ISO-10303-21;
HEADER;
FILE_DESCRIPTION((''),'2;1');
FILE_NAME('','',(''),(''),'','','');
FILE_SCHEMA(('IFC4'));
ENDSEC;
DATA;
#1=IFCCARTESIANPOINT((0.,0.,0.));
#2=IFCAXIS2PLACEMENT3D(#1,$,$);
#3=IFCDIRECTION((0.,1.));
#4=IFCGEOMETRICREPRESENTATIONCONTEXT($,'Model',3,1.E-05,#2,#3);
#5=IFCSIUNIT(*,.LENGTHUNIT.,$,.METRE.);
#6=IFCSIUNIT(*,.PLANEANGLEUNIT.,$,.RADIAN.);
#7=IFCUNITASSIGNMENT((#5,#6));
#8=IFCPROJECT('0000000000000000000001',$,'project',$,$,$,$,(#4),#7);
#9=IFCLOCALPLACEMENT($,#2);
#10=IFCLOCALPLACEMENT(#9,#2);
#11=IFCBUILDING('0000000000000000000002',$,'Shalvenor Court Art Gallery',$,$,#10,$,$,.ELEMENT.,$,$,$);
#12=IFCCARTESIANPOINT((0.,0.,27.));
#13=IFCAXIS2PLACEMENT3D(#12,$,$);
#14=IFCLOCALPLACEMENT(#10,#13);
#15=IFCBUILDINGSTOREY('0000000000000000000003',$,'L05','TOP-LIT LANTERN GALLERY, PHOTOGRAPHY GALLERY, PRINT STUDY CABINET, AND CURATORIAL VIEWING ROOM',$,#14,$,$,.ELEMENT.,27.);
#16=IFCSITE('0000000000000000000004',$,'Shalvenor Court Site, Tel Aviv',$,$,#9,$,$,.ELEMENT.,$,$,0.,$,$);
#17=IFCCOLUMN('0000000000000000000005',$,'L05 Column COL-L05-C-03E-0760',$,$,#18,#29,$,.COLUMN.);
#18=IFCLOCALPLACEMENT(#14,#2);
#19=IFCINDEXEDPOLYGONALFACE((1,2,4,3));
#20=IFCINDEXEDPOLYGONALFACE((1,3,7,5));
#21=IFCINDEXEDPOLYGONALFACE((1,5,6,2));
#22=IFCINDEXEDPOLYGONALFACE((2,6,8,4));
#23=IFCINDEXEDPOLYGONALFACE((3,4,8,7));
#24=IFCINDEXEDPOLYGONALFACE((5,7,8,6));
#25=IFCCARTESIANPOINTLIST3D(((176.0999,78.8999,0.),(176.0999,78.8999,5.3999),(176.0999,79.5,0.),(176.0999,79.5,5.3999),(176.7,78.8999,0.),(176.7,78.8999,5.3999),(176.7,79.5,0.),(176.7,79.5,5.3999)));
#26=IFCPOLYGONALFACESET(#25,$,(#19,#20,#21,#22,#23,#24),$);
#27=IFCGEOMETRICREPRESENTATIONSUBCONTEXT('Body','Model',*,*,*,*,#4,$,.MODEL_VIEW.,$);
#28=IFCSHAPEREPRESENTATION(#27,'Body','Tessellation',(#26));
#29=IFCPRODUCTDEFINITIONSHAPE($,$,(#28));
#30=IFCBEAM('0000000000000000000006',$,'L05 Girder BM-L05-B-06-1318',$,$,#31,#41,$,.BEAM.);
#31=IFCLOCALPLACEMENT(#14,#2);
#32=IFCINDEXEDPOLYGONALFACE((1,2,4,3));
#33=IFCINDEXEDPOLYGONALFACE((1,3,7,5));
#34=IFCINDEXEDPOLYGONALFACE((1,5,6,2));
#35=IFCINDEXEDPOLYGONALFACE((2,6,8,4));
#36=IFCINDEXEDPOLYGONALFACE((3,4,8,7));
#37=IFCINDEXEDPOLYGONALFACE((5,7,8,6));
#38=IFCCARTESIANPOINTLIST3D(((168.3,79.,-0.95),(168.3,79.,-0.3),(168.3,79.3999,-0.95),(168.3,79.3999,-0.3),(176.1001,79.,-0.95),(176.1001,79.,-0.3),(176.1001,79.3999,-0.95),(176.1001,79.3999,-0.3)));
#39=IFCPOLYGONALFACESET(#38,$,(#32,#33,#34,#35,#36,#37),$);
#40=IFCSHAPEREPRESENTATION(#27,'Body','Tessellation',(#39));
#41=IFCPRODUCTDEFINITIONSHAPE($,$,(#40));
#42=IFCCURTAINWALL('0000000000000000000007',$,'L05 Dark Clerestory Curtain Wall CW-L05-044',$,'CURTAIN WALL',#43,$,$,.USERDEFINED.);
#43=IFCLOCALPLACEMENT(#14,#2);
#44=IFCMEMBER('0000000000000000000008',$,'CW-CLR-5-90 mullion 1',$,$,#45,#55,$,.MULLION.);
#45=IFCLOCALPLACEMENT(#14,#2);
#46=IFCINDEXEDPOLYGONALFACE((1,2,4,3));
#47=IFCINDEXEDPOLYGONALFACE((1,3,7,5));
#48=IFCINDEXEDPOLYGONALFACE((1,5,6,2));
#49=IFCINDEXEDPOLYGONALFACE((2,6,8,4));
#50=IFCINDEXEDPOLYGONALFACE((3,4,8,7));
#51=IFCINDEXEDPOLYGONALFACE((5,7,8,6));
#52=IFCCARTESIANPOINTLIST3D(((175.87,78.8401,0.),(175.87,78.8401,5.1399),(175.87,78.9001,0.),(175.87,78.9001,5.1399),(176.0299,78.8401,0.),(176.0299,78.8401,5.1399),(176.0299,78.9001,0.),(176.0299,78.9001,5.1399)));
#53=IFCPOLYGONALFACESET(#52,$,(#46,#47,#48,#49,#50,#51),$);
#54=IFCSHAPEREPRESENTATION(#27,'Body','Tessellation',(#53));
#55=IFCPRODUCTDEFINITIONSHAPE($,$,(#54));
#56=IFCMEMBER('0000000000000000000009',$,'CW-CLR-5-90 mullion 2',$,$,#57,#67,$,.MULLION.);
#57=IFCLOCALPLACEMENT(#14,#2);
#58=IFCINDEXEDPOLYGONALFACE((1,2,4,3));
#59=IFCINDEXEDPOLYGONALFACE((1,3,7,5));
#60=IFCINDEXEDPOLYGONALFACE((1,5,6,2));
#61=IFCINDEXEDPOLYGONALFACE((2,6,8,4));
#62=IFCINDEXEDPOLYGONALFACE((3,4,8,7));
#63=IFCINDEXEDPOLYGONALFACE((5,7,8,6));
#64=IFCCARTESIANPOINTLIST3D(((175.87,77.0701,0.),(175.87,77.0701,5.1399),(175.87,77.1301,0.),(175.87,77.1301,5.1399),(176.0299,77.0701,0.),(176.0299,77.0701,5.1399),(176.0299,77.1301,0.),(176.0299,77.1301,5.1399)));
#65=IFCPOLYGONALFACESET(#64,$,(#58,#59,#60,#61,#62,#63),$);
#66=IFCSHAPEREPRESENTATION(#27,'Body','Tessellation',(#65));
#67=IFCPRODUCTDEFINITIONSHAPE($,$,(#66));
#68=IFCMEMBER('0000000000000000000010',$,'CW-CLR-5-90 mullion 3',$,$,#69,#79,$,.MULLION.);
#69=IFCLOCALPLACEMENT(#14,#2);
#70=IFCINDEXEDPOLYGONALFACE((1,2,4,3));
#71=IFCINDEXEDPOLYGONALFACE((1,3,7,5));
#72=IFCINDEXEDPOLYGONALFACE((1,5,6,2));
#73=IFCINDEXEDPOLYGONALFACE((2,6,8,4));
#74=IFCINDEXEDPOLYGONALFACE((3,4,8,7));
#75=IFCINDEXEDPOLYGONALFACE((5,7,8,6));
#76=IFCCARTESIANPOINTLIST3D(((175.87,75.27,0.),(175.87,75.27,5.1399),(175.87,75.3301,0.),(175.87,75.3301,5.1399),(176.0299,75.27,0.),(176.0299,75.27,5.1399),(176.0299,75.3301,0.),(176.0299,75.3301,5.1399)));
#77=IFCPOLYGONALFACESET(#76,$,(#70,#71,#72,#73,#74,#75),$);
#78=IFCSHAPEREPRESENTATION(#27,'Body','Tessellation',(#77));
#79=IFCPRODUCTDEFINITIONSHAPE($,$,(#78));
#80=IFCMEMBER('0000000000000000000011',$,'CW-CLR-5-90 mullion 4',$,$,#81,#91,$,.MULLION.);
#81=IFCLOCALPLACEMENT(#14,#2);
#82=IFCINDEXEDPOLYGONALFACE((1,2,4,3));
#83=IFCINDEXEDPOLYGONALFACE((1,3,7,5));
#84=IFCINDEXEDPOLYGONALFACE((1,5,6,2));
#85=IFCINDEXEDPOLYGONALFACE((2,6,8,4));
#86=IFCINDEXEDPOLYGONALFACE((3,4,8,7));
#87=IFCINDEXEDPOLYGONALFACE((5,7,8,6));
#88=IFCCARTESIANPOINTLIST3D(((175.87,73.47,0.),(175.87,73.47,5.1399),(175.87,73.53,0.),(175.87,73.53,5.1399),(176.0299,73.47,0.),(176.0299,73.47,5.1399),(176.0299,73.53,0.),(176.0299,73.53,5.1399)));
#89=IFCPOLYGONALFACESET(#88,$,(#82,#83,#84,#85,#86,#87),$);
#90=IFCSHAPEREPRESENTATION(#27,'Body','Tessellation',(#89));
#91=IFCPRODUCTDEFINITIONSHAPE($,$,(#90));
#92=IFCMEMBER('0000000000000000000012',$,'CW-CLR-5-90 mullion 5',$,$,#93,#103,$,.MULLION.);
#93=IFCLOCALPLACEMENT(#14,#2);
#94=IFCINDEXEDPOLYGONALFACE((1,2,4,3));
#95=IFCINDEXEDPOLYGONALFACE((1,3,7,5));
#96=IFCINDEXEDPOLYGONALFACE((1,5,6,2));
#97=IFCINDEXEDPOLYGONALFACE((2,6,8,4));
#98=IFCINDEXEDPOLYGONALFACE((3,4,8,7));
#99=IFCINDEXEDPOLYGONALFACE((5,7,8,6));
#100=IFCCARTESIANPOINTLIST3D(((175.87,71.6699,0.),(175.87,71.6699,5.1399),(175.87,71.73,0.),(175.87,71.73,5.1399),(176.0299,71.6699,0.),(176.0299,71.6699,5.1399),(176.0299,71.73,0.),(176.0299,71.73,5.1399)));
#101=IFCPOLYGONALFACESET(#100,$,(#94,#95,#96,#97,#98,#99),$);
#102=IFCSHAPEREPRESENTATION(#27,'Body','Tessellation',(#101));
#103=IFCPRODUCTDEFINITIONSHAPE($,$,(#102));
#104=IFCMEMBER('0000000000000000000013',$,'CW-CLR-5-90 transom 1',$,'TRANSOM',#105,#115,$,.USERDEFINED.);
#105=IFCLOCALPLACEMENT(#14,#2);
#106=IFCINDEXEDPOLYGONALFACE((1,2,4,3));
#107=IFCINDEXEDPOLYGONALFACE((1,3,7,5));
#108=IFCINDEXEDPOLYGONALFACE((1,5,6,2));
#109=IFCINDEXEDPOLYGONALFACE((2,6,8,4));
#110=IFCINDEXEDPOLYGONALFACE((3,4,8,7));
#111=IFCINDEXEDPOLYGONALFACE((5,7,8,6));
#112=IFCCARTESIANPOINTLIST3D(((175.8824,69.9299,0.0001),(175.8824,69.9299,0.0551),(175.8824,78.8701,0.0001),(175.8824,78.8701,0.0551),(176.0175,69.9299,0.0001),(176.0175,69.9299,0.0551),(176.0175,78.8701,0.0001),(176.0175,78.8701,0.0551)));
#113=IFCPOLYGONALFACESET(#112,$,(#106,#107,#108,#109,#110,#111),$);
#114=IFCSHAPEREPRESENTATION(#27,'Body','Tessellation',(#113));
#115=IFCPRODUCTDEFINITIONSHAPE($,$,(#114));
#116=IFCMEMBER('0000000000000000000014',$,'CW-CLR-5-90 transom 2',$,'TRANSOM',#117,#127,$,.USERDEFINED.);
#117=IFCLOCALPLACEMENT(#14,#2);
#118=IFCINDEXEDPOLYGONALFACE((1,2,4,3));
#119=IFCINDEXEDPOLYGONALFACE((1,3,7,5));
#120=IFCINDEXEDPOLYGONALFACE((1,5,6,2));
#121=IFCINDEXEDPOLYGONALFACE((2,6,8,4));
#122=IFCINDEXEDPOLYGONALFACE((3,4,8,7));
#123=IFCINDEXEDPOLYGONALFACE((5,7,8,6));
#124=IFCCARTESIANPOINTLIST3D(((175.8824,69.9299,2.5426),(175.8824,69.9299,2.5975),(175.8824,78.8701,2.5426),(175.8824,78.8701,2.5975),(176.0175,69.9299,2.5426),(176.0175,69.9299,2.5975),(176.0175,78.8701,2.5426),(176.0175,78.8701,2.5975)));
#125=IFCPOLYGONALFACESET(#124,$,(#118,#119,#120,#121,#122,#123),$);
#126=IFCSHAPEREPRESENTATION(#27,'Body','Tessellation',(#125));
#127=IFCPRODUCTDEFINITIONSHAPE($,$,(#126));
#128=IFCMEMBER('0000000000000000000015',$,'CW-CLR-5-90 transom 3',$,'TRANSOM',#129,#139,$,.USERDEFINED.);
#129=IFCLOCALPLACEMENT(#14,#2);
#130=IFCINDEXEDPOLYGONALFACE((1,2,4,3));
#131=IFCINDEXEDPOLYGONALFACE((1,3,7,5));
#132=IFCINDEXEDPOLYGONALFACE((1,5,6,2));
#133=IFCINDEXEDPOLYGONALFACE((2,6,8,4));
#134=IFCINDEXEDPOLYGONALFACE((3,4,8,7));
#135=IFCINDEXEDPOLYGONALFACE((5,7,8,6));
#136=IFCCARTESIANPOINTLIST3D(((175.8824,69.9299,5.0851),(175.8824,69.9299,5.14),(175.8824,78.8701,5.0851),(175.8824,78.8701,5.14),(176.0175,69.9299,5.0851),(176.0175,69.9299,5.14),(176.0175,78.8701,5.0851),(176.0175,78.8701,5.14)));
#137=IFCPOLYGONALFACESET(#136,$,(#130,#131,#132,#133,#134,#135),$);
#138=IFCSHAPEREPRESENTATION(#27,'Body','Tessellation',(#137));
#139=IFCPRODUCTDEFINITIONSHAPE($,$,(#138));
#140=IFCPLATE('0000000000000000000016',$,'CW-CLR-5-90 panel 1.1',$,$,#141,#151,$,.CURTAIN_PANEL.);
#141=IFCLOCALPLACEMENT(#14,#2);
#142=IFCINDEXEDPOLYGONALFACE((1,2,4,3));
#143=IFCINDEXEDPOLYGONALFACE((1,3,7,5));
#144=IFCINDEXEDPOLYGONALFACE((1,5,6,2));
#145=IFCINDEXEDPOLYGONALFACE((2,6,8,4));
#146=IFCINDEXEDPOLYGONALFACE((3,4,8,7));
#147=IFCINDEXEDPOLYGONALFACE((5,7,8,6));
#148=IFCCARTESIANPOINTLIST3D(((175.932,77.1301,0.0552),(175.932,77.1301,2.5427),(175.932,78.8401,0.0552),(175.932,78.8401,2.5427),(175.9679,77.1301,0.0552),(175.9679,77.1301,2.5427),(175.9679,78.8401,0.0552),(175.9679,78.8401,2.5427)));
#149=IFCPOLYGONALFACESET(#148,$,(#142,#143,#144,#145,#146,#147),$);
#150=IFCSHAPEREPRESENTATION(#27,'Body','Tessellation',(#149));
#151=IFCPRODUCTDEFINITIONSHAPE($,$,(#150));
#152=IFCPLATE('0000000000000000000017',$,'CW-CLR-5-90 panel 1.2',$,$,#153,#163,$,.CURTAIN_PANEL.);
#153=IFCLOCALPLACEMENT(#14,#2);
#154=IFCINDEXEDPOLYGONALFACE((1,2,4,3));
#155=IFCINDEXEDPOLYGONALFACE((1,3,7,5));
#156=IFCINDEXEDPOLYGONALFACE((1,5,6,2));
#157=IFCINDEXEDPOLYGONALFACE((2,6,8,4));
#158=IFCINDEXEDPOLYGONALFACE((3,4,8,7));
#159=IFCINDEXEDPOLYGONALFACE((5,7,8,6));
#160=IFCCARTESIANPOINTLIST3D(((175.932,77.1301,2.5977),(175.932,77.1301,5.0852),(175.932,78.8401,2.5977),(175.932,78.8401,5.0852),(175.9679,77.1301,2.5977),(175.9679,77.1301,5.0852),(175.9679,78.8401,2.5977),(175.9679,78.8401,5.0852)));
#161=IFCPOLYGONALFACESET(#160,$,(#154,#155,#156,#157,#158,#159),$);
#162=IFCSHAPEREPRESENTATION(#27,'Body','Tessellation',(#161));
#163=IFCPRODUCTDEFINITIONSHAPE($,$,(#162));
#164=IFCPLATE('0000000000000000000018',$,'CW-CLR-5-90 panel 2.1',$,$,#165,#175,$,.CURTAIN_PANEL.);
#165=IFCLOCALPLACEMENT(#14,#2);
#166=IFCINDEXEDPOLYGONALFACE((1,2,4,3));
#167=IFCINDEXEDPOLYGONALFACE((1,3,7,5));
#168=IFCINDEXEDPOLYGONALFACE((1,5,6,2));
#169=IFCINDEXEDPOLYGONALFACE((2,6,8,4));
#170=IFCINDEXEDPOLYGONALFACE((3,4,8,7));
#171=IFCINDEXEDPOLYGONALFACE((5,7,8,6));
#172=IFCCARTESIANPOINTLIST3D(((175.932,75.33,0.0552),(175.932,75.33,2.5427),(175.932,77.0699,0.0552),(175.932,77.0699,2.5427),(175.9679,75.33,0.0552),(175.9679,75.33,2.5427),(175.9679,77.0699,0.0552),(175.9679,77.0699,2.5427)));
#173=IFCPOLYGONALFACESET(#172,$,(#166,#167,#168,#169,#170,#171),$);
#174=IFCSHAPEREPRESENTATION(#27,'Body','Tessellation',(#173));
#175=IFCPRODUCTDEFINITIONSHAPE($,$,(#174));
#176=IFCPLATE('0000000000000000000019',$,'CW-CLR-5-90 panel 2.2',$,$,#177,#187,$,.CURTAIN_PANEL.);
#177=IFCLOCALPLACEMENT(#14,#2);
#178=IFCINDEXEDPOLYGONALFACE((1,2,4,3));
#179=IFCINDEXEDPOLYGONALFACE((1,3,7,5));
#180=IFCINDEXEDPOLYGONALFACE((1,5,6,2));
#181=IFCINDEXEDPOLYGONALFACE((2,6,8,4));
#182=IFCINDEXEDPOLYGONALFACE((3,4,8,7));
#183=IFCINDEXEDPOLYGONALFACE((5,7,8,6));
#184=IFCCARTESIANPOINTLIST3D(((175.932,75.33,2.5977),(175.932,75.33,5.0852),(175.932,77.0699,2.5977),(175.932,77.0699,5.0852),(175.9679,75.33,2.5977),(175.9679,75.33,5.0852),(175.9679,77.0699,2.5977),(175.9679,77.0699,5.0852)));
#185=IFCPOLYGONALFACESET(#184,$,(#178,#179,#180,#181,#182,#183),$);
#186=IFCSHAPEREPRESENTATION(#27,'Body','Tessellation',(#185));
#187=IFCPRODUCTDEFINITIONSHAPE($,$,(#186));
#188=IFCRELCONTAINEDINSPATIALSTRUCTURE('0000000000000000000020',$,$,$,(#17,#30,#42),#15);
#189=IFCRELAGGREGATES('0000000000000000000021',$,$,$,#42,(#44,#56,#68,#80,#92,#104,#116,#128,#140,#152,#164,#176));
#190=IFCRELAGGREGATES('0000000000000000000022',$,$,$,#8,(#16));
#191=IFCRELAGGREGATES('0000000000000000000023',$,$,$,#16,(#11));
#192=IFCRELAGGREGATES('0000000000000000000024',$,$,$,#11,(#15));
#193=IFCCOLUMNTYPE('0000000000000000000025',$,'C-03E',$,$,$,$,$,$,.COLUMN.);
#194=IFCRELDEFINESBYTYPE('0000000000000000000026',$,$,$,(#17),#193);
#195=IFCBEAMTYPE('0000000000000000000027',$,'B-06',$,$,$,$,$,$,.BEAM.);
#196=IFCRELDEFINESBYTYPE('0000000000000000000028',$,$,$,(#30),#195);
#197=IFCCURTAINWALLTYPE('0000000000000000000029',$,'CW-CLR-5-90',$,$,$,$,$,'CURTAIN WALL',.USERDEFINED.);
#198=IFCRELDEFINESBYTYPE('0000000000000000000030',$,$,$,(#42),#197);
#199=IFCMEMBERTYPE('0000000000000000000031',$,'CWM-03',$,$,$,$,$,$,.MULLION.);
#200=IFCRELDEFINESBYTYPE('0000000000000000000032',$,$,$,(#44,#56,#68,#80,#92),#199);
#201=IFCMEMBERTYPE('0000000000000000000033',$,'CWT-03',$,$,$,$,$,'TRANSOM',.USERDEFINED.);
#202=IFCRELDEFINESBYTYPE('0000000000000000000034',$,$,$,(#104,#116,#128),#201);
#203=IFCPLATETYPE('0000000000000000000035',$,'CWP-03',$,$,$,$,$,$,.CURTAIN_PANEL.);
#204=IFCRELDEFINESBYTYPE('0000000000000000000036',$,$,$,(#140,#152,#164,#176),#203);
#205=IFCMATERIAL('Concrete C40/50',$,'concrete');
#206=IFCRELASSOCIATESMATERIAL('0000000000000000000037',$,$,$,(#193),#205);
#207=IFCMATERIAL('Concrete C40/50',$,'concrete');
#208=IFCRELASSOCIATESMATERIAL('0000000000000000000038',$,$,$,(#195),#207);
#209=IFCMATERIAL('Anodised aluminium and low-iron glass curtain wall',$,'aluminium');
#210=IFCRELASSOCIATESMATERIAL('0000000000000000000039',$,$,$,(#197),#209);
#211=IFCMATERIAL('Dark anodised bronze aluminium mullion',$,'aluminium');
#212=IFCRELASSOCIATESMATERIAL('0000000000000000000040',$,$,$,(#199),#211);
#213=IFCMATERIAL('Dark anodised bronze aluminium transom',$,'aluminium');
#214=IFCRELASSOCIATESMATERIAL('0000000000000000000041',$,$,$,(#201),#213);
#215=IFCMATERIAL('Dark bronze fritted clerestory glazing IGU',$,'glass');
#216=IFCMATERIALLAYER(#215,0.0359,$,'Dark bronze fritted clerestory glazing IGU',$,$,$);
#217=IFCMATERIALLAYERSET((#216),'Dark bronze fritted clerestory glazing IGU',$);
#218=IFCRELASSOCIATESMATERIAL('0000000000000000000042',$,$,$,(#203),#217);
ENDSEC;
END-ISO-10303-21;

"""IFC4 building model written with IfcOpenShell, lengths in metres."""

from ifc_helpers import new_model, si_unit, direction, frame, origin, origin_2d, place, context, subcontext, project, spatial, rectangle, extrude, material, layer, layer_set, material_profile, profile_set, type_object, element, aggregate, save


model = new_model("IFC4")

# Units and contexts
model_context = context("Model", 3, precision=1e-05, world=origin(), true_north=direction((0.0, 1.0)))
body_context = subcontext(model_context, "Body", "Model", "MODEL_VIEW")
ifc_project = project(units=[si_unit("LENGTHUNIT", "METRE"), si_unit("PLANEANGLEUNIT", "RADIAN")], contexts=[model_context])

# Site, building, storey
site_placement = place(None, origin())
site = spatial("IfcSite", under=ifc_project, at=site_placement, Name="Shalvenor Court Site, Tel Aviv", CompositionType="ELEMENT", RefElevation=0.0)
building_placement = place(site_placement, origin())
building = spatial("IfcBuilding", under=site, at=building_placement, Name="Shalvenor Court Art Gallery", CompositionType="ELEMENT")
storey_placement = place(building_placement, frame((0.0, 0.0, 27.0)))
storey = spatial("IfcBuildingStorey", under=building, at=storey_placement, Name="L05", Description="TOP-LIT LANTERN GALLERY, PHOTOGRAPHY GALLERY, PRINT STUDY CABINET, AND CURATORIAL VIEWING ROOM", CompositionType="ELEMENT", Elevation=27.0)

# Column
ifc_material_1 = material(Name="Concrete C40/50", Category="concrete")
ifc_material_profile_1 = material_profile(ifc_material_1, rectangle(XDim=0.6001, YDim=0.6001, at=origin_2d()), Name="RC 600x600")
ifc_profile_set_1 = profile_set([ifc_material_profile_1], Name="Concrete C40/50")
column_type = type_object("IfcColumnType", Name="C-03E", PredefinedType="COLUMN", material=ifc_profile_set_1)
column_placement = place(storey_placement, frame((176.3999, 79.2, 0.0), z_axis=(0.0, 0.0, 1.0), x_axis=(1.0, 0.0, 0.0)))
element("IfcColumn", 1, at=column_placement, inside=storey, type_object=column_type, Name="L05 Column COL-L05-C-03E-0760", PredefinedType="COLUMN", context=body_context, shape_type="SweptSolid", body=[
    extrude(rectangle(XDim=0.6001, YDim=0.6001, at=origin_2d()), origin(), (0.0, 0.0, 1.0), 5.3999),
])

# Beam
ifc_material_2 = material(Name="Concrete C40/50", Category="concrete")
ifc_material_profile_2 = material_profile(ifc_material_2, rectangle(XDim=0.3999, YDim=0.6499, at=origin_2d()), Name="RC 400x650")
ifc_profile_set_2 = profile_set([ifc_material_profile_2], Name="Concrete C40/50")
beam_type = type_object("IfcBeamType", Name="B-06", PredefinedType="BEAM", material=ifc_profile_set_2)
beam_placement = place(storey_placement, frame((168.3, 79.2, -0.625), z_axis=(1.0, 0.0, 0.0), x_axis=(0.0, 1.0, 0.0)))
element("IfcBeam", 2, at=beam_placement, inside=storey, type_object=beam_type, Name="L05 Girder BM-L05-B-06-1318", PredefinedType="BEAM", context=body_context, shape_type="SweptSolid", body=[
    extrude(rectangle(XDim=0.3999, YDim=0.6499, at=origin_2d()), origin(), (0.0, 0.0, 1.0), 7.8),
])

# Curtain wall, members, plates
ifc_material_3 = material(Name="Anodised aluminium and low-iron glass curtain wall", Category="aluminium")
curtain_wall_type = type_object("IfcCurtainWallType", Name="CW-CLR-5-90", ElementType="CURTAIN WALL", PredefinedType="USERDEFINED", material=ifc_material_3)
curtain_wall_placement = place(storey_placement, origin())
curtain_wall = element("IfcCurtainWall", 3, at=curtain_wall_placement, inside=storey, type_object=curtain_wall_type, Name="L05 Dark Clerestory Curtain Wall CW-L05-044", ObjectType="CURTAIN WALL", PredefinedType="USERDEFINED")
ifc_material_4 = material(Name="Dark anodised bronze aluminium mullion", Category="aluminium")
ifc_material_profile_3 = material_profile(ifc_material_4, rectangle(XDim=0.0601, YDim=0.1599, at=origin_2d()), Name="CWM-03")
ifc_profile_set_3 = profile_set([ifc_material_profile_3], Name="Dark anodised bronze aluminium mullion")
member_type_1 = type_object("IfcMemberType", Name="CWM-03", PredefinedType="MULLION", material=ifc_profile_set_3)
member_1_placement = place(storey_placement, frame((175.95, 78.8701, 0.0), z_axis=(0.0, 0.0, 1.0), x_axis=(0.0, -1.0, 0.0)))
member_1 = element("IfcMember", 4, at=member_1_placement, type_object=member_type_1, Name="CW-CLR-5-90 mullion 1", PredefinedType="MULLION", context=body_context, shape_type="SweptSolid", body=[
    extrude(rectangle(XDim=0.0601, YDim=0.1599, at=origin_2d()), origin(), (0.0, 0.0, 1.0), 5.1399),
])
member_2_placement = place(storey_placement, frame((175.95, 77.1001, 0.0), z_axis=(0.0, 0.0, 1.0), x_axis=(0.0, -1.0, 0.0)))
member_2 = element("IfcMember", 5, at=member_2_placement, type_object=member_type_1, Name="CW-CLR-5-90 mullion 2", PredefinedType="MULLION", context=body_context, shape_type="SweptSolid", body=[
    extrude(rectangle(XDim=0.0601, YDim=0.1599, at=origin_2d()), origin(), (0.0, 0.0, 1.0), 5.1399),
])
member_3_placement = place(storey_placement, frame((175.95, 75.3, 0.0), z_axis=(0.0, 0.0, 1.0), x_axis=(0.0, -1.0, 0.0)))
member_3 = element("IfcMember", 6, at=member_3_placement, type_object=member_type_1, Name="CW-CLR-5-90 mullion 3", PredefinedType="MULLION", context=body_context, shape_type="SweptSolid", body=[
    extrude(rectangle(XDim=0.0601, YDim=0.1599, at=origin_2d()), origin(), (0.0, 0.0, 1.0), 5.1399),
])
member_4_placement = place(storey_placement, frame((175.95, 73.5, 0.0), z_axis=(0.0, 0.0, 1.0), x_axis=(0.0, -1.0, 0.0)))
member_4 = element("IfcMember", 7, at=member_4_placement, type_object=member_type_1, Name="CW-CLR-5-90 mullion 4", PredefinedType="MULLION", context=body_context, shape_type="SweptSolid", body=[
    extrude(rectangle(XDim=0.0601, YDim=0.1599, at=origin_2d()), origin(), (0.0, 0.0, 1.0), 5.1399),
])
member_5_placement = place(storey_placement, frame((175.95, 71.7, 0.0), z_axis=(0.0, 0.0, 1.0), x_axis=(0.0, -1.0, 0.0)))
member_5 = element("IfcMember", 8, at=member_5_placement, type_object=member_type_1, Name="CW-CLR-5-90 mullion 5", PredefinedType="MULLION", context=body_context, shape_type="SweptSolid", body=[
    extrude(rectangle(XDim=0.0601, YDim=0.1599, at=origin_2d()), origin(), (0.0, 0.0, 1.0), 5.1399),
])
ifc_material_5 = material(Name="Dark anodised bronze aluminium transom", Category="aluminium")
ifc_material_profile_4 = material_profile(ifc_material_5, rectangle(XDim=0.135, YDim=0.0549, at=origin_2d()), Name="CWT-03")
ifc_profile_set_4 = profile_set([ifc_material_profile_4], Name="Dark anodised bronze aluminium transom")
member_type_2 = type_object("IfcMemberType", Name="CWT-03", ElementType="TRANSOM", PredefinedType="USERDEFINED", material=ifc_profile_set_4)
member_6_placement = place(storey_placement, frame((175.95, 78.8701, 0.0276), z_axis=(0.0, -1.0, 0.0), x_axis=(1.0, 0.0, 0.0)))
member_6 = element("IfcMember", 9, at=member_6_placement, type_object=member_type_2, Name="CW-CLR-5-90 transom 1", ObjectType="TRANSOM", PredefinedType="USERDEFINED", context=body_context, shape_type="SweptSolid", body=[
    extrude(rectangle(XDim=0.135, YDim=0.0549, at=origin_2d()), origin(), (0.0, 0.0, 1.0), 8.9402),
])
member_7_placement = place(storey_placement, frame((175.95, 78.8701, 2.5701), z_axis=(0.0, -1.0, 0.0), x_axis=(1.0, 0.0, 0.0)))
member_7 = element("IfcMember", 10, at=member_7_placement, type_object=member_type_2, Name="CW-CLR-5-90 transom 2", ObjectType="TRANSOM", PredefinedType="USERDEFINED", context=body_context, shape_type="SweptSolid", body=[
    extrude(rectangle(XDim=0.135, YDim=0.0549, at=origin_2d()), origin(), (0.0, 0.0, 1.0), 8.9402),
])
member_8_placement = place(storey_placement, frame((175.95, 78.8701, 5.1125), z_axis=(0.0, -1.0, 0.0), x_axis=(1.0, 0.0, 0.0)))
member_8 = element("IfcMember", 11, at=member_8_placement, type_object=member_type_2, Name="CW-CLR-5-90 transom 3", ObjectType="TRANSOM", PredefinedType="USERDEFINED", context=body_context, shape_type="SweptSolid", body=[
    extrude(rectangle(XDim=0.135, YDim=0.0549, at=origin_2d()), origin(), (0.0, 0.0, 1.0), 8.9402),
])
ifc_material_6 = material(Name="Dark bronze fritted clerestory glazing IGU", Category="glass")
ifc_layer_1 = layer(ifc_material_6, 0.0359, Name="Dark bronze fritted clerestory glazing IGU")
ifc_layer_set_1 = layer_set([ifc_layer_1], Name="Dark bronze fritted clerestory glazing IGU")
plate_type = type_object("IfcPlateType", Name="CWP-03", PredefinedType="CURTAIN_PANEL", material=ifc_layer_set_1)
plate_1_placement = place(storey_placement, frame((175.95, 77.9851, 0.0552), z_axis=(0.0, 0.0, 1.0), x_axis=(0.0, -1.0, 0.0)))
plate_1 = element("IfcPlate", 12, at=plate_1_placement, type_object=plate_type, Name="CW-CLR-5-90 panel 1.1", PredefinedType="CURTAIN_PANEL", context=body_context, shape_type="SweptSolid", body=[
    extrude(rectangle(XDim=1.71, YDim=0.0359, at=origin_2d()), origin(), (0.0, 0.0, 1.0), 2.4875),
])
plate_2_placement = place(storey_placement, frame((175.95, 77.9851, 2.5977), z_axis=(0.0, 0.0, 1.0), x_axis=(0.0, -1.0, 0.0)))
plate_2 = element("IfcPlate", 13, at=plate_2_placement, type_object=plate_type, Name="CW-CLR-5-90 panel 1.2", PredefinedType="CURTAIN_PANEL", context=body_context, shape_type="SweptSolid", body=[
    extrude(rectangle(XDim=1.71, YDim=0.0359, at=origin_2d()), origin(), (0.0, 0.0, 1.0), 2.4875),
])
plate_3_placement = place(storey_placement, frame((175.95, 76.2, 0.0552), z_axis=(0.0, 0.0, 1.0), x_axis=(0.0, -1.0, 0.0)))
plate_3 = element("IfcPlate", 14, at=plate_3_placement, type_object=plate_type, Name="CW-CLR-5-90 panel 2.1", PredefinedType="CURTAIN_PANEL", context=body_context, shape_type="SweptSolid", body=[
    extrude(rectangle(XDim=1.74, YDim=0.0359, at=origin_2d()), origin(), (0.0, 0.0, 1.0), 2.4875),
])
plate_4_placement = place(storey_placement, frame((175.95, 76.2, 2.5977), z_axis=(0.0, 0.0, 1.0), x_axis=(0.0, -1.0, 0.0)))
plate_4 = element("IfcPlate", 15, at=plate_4_placement, type_object=plate_type, Name="CW-CLR-5-90 panel 2.2", PredefinedType="CURTAIN_PANEL", context=body_context, shape_type="SweptSolid", body=[
    extrude(rectangle(XDim=1.74, YDim=0.0359, at=origin_2d()), origin(), (0.0, 0.0, 1.0), 2.4875),
])
aggregate(curtain_wall, [member_1, member_2, member_3, member_4, member_5, member_6, member_7, member_8, plate_1, plate_2, plate_3, plate_4])

save(model, "model.ifc")
